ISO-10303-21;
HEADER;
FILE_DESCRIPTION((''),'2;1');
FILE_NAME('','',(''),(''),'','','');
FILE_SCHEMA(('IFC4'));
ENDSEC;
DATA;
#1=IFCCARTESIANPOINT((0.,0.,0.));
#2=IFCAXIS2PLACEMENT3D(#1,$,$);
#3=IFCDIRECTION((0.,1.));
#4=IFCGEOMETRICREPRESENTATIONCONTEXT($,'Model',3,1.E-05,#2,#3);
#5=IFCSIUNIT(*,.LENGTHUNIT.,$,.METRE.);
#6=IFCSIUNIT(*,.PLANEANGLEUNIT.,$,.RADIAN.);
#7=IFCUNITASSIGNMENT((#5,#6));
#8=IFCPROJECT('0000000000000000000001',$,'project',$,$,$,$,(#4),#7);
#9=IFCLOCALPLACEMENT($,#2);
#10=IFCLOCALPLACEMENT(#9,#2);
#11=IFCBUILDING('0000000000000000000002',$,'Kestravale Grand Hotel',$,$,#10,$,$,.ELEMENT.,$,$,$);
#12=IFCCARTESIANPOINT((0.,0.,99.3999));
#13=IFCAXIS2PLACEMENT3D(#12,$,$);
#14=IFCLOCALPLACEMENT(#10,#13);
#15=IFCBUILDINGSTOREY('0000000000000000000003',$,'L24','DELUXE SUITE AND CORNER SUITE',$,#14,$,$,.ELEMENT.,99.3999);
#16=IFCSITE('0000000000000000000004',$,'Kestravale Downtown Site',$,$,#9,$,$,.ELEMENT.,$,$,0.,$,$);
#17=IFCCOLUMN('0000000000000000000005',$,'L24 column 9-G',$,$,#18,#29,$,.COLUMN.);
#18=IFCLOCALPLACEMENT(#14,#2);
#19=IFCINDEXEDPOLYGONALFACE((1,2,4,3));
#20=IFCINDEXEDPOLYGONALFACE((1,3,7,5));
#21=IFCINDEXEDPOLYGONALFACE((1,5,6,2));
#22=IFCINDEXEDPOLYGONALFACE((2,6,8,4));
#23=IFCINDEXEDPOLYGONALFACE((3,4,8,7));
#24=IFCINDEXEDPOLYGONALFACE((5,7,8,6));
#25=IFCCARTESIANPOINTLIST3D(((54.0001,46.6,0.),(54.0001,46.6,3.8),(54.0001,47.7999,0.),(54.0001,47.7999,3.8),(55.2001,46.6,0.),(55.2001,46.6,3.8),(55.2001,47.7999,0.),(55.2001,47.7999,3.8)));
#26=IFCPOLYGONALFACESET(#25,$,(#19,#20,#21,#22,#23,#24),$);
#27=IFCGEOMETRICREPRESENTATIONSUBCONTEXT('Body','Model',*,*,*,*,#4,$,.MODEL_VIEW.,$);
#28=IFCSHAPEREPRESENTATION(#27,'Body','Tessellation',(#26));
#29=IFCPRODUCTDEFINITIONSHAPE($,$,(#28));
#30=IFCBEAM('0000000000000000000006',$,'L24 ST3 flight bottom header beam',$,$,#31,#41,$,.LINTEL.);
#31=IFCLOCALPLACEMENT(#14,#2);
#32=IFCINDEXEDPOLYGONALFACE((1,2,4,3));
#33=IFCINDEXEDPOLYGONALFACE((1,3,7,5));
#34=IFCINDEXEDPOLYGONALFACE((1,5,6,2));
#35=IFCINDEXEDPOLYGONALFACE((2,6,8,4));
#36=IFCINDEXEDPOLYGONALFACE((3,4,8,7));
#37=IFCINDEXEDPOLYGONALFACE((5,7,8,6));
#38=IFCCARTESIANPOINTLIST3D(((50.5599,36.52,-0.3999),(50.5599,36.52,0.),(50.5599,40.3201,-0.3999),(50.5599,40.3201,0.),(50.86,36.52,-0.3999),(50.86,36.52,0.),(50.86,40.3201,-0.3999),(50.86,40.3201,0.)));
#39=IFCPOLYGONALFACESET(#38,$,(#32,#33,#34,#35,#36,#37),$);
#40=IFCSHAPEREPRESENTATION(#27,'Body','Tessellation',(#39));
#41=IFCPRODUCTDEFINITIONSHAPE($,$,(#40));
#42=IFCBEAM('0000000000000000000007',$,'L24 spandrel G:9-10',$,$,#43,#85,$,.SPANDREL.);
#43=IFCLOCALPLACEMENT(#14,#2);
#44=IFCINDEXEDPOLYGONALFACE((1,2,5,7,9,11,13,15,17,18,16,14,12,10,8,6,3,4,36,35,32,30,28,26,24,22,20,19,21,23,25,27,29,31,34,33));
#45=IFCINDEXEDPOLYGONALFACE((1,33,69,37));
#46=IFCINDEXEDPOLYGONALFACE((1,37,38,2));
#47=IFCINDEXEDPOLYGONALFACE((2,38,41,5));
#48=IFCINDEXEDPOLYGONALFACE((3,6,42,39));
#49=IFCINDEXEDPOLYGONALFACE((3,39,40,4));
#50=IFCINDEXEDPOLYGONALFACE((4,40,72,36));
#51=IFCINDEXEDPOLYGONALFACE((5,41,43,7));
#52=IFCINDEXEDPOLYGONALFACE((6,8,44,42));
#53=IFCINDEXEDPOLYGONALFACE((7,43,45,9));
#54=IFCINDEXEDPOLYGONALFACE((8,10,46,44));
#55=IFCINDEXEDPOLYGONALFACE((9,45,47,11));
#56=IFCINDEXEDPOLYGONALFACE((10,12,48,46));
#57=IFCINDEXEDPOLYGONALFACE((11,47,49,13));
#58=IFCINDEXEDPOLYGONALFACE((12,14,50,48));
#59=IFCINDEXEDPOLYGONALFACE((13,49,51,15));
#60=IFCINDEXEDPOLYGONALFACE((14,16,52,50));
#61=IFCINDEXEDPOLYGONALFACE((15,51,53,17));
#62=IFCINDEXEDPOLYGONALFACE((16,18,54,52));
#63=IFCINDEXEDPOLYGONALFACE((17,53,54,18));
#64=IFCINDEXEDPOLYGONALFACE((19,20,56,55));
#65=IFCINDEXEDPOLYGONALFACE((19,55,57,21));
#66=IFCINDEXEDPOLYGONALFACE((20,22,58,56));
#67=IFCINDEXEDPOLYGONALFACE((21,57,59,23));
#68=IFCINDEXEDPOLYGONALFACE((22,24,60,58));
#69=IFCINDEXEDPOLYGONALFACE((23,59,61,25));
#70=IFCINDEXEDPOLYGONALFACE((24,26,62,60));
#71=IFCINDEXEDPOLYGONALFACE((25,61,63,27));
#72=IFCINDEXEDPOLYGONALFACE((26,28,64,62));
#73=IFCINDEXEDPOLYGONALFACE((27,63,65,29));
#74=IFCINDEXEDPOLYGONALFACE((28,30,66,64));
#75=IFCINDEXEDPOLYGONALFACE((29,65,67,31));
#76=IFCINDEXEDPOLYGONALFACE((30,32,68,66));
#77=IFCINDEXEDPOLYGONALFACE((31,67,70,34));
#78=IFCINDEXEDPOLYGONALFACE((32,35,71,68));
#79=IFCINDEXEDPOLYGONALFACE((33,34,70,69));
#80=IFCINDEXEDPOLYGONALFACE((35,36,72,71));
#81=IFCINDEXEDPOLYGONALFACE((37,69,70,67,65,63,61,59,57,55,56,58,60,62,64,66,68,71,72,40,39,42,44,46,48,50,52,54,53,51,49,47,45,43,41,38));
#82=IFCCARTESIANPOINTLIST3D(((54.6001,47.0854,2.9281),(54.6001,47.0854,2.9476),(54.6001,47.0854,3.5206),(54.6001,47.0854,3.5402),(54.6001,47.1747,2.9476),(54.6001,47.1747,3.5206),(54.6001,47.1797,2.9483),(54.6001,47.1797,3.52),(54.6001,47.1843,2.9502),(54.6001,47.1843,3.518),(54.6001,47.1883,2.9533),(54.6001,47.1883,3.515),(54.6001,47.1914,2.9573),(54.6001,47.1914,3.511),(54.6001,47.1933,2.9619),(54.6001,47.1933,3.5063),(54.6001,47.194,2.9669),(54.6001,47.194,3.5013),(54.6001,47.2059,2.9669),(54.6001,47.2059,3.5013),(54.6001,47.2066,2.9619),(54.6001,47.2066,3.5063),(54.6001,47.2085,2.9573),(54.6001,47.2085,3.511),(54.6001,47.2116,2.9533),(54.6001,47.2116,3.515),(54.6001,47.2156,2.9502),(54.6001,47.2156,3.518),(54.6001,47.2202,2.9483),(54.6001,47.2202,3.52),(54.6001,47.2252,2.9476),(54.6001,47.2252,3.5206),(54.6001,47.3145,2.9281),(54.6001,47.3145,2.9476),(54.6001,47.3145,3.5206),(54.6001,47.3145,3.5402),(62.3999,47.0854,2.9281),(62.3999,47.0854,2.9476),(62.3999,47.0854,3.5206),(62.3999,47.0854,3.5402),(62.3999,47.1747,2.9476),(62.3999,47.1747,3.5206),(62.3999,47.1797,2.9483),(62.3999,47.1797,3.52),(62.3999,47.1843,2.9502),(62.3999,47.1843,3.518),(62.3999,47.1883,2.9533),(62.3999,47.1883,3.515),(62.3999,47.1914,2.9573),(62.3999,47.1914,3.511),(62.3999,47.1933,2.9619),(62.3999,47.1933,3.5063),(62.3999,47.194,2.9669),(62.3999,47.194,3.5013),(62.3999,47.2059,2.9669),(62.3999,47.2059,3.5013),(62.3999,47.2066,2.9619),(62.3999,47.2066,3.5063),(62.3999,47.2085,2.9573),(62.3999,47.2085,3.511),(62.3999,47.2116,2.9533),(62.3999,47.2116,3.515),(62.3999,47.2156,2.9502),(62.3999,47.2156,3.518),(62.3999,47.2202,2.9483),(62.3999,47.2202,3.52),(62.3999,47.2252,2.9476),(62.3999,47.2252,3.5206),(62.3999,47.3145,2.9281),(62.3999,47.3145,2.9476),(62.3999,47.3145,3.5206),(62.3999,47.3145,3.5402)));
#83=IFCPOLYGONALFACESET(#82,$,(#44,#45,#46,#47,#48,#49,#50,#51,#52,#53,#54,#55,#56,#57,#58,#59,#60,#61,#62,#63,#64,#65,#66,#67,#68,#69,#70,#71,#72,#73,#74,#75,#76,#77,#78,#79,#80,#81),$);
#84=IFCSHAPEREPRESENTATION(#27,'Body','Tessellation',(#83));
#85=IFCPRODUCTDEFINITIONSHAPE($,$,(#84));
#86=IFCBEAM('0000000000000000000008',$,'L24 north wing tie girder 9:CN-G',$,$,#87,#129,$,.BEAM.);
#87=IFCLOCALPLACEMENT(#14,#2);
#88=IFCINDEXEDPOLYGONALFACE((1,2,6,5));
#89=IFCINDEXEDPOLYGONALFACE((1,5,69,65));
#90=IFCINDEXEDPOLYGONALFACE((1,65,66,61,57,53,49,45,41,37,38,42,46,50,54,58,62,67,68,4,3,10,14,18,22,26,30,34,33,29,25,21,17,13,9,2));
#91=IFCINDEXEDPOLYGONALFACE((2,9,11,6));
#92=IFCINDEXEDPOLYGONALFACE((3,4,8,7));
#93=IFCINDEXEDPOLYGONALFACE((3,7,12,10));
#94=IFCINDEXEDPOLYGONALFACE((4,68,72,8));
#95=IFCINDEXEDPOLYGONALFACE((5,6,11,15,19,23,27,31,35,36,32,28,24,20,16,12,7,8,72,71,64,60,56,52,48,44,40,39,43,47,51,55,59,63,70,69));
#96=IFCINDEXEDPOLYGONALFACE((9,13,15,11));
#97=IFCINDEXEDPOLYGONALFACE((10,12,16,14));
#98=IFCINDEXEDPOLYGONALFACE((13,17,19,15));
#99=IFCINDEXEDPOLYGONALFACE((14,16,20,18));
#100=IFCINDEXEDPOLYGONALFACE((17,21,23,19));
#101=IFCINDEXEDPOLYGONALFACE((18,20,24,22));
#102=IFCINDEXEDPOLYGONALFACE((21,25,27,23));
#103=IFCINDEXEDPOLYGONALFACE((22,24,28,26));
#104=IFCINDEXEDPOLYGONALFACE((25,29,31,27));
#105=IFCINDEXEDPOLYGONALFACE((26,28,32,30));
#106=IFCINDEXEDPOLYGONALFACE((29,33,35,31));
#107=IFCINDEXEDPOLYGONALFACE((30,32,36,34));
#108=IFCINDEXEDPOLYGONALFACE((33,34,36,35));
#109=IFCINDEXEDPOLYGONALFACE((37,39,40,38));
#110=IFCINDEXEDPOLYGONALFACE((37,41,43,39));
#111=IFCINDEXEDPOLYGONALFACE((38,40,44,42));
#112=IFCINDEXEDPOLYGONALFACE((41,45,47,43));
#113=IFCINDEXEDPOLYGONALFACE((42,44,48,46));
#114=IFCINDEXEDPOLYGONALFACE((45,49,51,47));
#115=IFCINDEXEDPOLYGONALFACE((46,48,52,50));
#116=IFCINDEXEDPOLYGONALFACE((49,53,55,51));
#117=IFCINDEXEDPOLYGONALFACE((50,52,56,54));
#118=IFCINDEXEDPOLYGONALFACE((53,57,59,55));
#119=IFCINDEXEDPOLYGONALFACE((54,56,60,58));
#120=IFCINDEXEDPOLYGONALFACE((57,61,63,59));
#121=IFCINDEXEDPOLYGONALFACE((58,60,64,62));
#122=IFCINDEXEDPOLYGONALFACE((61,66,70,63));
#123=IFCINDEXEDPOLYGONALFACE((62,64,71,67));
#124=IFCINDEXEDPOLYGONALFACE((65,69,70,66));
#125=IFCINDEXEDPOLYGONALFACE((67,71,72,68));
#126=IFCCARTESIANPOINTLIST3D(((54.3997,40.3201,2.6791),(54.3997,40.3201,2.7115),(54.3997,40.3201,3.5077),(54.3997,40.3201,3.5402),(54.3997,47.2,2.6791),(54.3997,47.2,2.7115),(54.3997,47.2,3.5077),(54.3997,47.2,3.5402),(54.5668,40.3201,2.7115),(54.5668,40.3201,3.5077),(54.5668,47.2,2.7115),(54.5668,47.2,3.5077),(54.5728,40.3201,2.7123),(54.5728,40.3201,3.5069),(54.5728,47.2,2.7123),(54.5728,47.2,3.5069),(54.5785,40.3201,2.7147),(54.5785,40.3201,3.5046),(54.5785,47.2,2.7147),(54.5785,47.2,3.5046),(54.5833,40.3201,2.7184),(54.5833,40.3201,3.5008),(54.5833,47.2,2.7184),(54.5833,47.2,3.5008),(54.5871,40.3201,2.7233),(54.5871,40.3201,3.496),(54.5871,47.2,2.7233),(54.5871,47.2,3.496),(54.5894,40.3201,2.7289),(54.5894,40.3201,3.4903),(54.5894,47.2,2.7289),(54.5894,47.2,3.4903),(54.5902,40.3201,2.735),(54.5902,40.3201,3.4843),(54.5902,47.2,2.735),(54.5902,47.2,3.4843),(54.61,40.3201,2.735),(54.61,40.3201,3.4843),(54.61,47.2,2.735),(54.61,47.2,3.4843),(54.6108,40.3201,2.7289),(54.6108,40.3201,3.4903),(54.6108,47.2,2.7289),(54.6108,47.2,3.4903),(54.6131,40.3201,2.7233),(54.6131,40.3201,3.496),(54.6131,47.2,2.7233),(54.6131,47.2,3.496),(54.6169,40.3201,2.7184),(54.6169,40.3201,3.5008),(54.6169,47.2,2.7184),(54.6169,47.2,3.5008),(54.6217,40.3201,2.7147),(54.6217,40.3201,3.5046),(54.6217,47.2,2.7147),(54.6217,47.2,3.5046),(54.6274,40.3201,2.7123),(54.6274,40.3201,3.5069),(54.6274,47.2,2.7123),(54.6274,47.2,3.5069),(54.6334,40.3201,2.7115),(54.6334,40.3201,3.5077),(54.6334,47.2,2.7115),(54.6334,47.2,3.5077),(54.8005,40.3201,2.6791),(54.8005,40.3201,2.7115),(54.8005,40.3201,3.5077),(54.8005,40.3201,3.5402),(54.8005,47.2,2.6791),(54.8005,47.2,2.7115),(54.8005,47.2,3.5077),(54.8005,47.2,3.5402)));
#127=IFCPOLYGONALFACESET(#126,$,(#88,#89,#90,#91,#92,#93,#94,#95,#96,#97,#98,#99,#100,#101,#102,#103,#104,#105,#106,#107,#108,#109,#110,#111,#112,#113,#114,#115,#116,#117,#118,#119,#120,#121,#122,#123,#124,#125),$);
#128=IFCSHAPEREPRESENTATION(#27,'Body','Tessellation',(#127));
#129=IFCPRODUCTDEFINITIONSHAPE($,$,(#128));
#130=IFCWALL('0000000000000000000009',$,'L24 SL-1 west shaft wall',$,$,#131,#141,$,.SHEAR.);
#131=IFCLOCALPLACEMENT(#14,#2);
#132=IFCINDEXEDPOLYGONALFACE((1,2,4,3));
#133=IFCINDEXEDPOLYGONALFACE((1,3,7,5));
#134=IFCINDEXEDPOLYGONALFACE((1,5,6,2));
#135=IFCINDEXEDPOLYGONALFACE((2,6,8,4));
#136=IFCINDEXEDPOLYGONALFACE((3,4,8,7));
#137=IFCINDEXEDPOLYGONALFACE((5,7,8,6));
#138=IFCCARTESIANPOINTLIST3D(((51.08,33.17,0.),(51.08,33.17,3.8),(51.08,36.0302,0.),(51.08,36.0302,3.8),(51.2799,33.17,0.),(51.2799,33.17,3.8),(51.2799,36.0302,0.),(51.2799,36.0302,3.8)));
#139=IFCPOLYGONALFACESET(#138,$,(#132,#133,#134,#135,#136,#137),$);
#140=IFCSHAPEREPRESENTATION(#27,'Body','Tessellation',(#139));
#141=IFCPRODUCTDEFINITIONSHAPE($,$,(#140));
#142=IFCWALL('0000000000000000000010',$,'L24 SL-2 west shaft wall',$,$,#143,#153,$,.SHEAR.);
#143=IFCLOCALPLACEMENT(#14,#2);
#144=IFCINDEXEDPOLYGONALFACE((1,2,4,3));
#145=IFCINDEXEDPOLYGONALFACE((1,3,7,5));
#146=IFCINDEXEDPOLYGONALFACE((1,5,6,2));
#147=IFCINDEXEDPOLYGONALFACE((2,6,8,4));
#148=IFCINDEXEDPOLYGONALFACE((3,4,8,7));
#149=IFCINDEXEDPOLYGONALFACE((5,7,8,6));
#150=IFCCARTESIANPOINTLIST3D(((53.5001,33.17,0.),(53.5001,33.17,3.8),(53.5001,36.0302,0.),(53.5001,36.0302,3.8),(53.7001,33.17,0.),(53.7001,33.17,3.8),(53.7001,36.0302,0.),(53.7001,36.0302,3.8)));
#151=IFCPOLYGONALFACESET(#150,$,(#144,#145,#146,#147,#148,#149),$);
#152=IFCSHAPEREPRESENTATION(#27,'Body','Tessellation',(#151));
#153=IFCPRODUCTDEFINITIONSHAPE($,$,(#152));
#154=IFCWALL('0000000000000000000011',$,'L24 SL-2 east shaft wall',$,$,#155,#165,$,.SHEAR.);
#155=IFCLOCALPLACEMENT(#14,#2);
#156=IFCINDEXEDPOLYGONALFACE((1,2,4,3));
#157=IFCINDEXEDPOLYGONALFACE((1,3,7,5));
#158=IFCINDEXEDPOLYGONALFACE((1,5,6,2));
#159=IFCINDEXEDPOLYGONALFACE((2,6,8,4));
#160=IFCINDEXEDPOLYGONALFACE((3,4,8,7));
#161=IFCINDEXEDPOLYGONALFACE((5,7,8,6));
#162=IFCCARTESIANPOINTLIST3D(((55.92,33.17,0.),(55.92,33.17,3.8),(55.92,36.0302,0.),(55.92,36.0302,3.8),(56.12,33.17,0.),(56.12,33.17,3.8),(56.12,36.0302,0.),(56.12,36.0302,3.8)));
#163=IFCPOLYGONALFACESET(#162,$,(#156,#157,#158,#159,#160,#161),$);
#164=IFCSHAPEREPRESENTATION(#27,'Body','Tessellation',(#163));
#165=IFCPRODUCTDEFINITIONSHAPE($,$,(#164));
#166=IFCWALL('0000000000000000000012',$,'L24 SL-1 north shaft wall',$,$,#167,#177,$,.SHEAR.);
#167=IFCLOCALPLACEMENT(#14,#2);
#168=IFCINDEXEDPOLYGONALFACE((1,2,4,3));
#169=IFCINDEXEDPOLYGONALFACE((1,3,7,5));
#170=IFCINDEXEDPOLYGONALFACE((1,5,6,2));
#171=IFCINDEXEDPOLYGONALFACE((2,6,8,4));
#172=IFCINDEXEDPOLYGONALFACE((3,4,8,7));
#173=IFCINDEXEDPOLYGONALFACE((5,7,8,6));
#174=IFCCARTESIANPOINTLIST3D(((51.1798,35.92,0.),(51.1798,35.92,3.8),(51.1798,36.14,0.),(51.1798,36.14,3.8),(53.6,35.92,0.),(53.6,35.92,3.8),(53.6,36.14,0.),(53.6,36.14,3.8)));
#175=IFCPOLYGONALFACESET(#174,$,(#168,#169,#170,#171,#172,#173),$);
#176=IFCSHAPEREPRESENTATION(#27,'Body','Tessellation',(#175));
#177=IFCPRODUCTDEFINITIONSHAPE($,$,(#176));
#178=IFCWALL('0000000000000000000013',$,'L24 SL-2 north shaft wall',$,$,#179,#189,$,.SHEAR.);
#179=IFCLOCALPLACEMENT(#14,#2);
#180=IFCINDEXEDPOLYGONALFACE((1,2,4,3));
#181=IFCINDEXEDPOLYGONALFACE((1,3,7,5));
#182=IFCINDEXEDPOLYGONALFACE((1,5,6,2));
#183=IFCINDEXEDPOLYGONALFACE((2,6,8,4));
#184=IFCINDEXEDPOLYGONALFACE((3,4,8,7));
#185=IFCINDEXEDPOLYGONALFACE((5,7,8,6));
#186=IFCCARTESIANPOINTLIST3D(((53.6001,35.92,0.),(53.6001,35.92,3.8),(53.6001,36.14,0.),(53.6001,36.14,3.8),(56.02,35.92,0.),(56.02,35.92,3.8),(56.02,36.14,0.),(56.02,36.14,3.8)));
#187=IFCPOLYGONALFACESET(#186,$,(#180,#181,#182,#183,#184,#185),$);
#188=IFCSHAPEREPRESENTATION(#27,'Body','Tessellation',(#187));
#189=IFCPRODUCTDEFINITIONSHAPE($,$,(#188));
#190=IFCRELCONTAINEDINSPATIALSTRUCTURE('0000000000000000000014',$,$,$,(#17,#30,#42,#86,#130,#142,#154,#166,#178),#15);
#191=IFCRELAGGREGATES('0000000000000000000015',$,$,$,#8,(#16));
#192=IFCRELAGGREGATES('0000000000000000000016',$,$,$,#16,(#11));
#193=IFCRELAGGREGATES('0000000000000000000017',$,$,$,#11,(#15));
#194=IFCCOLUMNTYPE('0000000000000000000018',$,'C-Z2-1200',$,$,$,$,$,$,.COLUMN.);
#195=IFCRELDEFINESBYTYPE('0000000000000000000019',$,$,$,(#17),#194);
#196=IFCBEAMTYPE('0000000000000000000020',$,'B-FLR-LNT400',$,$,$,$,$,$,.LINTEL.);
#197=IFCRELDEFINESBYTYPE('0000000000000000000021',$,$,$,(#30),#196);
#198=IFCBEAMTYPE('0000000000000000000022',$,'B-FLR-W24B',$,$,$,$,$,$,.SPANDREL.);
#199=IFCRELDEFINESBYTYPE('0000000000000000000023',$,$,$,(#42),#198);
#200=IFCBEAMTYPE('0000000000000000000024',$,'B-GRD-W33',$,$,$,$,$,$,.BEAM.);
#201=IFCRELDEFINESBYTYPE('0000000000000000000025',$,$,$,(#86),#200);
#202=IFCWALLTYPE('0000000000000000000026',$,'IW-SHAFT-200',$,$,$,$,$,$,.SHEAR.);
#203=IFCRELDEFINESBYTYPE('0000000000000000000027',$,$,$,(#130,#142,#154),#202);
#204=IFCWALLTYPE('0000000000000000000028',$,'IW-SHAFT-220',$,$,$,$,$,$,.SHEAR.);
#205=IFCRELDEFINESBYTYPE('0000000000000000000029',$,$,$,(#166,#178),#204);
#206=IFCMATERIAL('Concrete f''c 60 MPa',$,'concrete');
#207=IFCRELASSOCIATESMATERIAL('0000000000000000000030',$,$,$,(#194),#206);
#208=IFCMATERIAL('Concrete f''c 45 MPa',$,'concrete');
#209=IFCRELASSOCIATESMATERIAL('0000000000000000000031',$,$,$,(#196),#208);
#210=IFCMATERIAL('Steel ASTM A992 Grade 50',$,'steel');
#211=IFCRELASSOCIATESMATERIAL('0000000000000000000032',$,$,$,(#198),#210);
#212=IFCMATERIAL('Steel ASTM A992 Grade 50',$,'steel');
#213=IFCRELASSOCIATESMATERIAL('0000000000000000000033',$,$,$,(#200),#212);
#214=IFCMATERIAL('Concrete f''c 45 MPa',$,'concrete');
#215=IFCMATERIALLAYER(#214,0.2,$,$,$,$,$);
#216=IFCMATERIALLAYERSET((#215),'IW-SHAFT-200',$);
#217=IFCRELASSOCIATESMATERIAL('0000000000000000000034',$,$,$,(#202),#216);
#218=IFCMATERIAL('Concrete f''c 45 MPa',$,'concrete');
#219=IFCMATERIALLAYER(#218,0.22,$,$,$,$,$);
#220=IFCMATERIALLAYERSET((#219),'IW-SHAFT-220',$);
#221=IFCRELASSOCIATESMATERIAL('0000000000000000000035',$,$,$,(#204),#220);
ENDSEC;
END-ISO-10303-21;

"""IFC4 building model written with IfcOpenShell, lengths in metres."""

from ifc_helpers import new_model, si_unit, direction, frame, frame_2d, origin, origin_2d, place, context, subcontext, project, spatial, rectangle, i_section, extrude, material, layer, layer_set, material_profile, profile_set, type_object, element, save


model = new_model("IFC4")

# Units and contexts
model_context = context("Model", 3, precision=1e-05, world=origin(), true_north=direction((0.0, 1.0)))
body_context = subcontext(model_context, "Body", "Model", "MODEL_VIEW")
ifc_project = project(units=[si_unit("LENGTHUNIT", "METRE"), si_unit("PLANEANGLEUNIT", "RADIAN")], contexts=[model_context])

# Site, building, storey
site_placement = place(None, origin())
site = spatial("IfcSite", under=ifc_project, at=site_placement, Name="Kestravale Downtown Site", CompositionType="ELEMENT", RefElevation=0.0)
building_placement = place(site_placement, origin())
building = spatial("IfcBuilding", under=site, at=building_placement, Name="Kestravale Grand Hotel", CompositionType="ELEMENT")
storey_placement = place(building_placement, frame((0.0, 0.0, 99.3999)))
storey = spatial("IfcBuildingStorey", under=building, at=storey_placement, Name="L24", Description="DELUXE SUITE AND CORNER SUITE", CompositionType="ELEMENT", Elevation=99.3999)

# Column
ifc_material_1 = material(Name="Concrete f'c 60 MPa", Category="concrete")
ifc_material_profile_1 = material_profile(ifc_material_1, rectangle(XDim=1.2, YDim=1.2, at=origin_2d()))
ifc_profile_set_1 = profile_set([ifc_material_profile_1], Name="Concrete f'c 60 MPa")
column_type = type_object("IfcColumnType", Name="C-Z2-1200", PredefinedType="COLUMN", material=ifc_profile_set_1)
column_placement = place(storey_placement, frame((54.6001, 47.2, 0.0), z_axis=(0.0, 0.0, 1.0), x_axis=(1.0, 0.0, 0.0)))
element("IfcColumn", 1, at=column_placement, inside=storey, type_object=column_type, Name="L24 column 9-G", PredefinedType="COLUMN", context=body_context, shape_type="SweptSolid", body=[
    extrude(rectangle(XDim=1.2, YDim=1.2, at=origin_2d()), origin(), (0.0, 0.0, 1.0), 3.8),
])

# Beams
ifc_material_2 = material(Name="Concrete f'c 45 MPa", Category="concrete")
ifc_material_profile_2 = material_profile(ifc_material_2, rectangle(XDim=0.3, YDim=0.3999, at=origin_2d()))
ifc_profile_set_2 = profile_set([ifc_material_profile_2], Name="Concrete f'c 45 MPa")
beam_type_1 = type_object("IfcBeamType", Name="B-FLR-LNT400", PredefinedType="LINTEL", material=ifc_profile_set_2)
beam_1_placement = place(storey_placement, frame((50.71, 36.52, -0.2), z_axis=(0.0, 1.0, 0.0), x_axis=(-1.0, 0.0, 0.0)))
element("IfcBeam", 2, at=beam_1_placement, inside=storey, type_object=beam_type_1, Name="L24 ST3 flight bottom header beam", PredefinedType="LINTEL", context=body_context, shape_type="SweptSolid", body=[
    extrude(rectangle(XDim=0.3, YDim=0.3999, at=origin_2d()), origin(), (0.0, 0.0, 1.0), 3.8),
])
ifc_material_3 = material(Name="Steel ASTM A992 Grade 50", Category="steel")
ifc_material_profile_3 = material_profile(ifc_material_3, i_section(OverallWidth=0.229, OverallDepth=0.6121, WebThickness=0.012, FlangeThickness=0.0195, FilletRadius=0.0193, at=origin_2d()))
ifc_profile_set_3 = profile_set([ifc_material_profile_3], Name="Steel ASTM A992 Grade 50")
beam_type_2 = type_object("IfcBeamType", Name="B-FLR-W24B", PredefinedType="SPANDREL", material=ifc_profile_set_3)
beam_2_placement = place(storey_placement, frame((54.6001, 47.2, 3.2341), z_axis=(1.0, 0.0, 0.0), x_axis=(0.0, 1.0, 0.0)))
element("IfcBeam", 3, at=beam_2_placement, inside=storey, type_object=beam_type_2, Name="L24 spandrel G:9-10", PredefinedType="SPANDREL", context=body_context, shape_type="SweptSolid", body=[
    extrude(i_section(OverallWidth=0.229, OverallDepth=0.6121, WebThickness=0.012, FlangeThickness=0.0195, FilletRadius=0.0193, at=origin_2d()), origin(), (0.0, 0.0, 1.0), 7.7998),
])
ifc_material_4 = material(Name="Steel ASTM A992 Grade 50", Category="steel")
ifc_material_profile_4 = material_profile(ifc_material_4, i_section(OverallWidth=0.4009, OverallDepth=0.8611, WebThickness=0.0198, FlangeThickness=0.0325, FilletRadius=0.0234, at=origin_2d()))
ifc_profile_set_4 = profile_set([ifc_material_profile_4], Name="Steel ASTM A992 Grade 50")
beam_type_3 = type_object("IfcBeamType", Name="B-GRD-W33", PredefinedType="BEAM", material=ifc_profile_set_4)
beam_3_placement = place(storey_placement, frame((54.6001, 40.3201, 3.1096), z_axis=(0.0, 1.0, 0.0), x_axis=(-1.0, 0.0, 0.0)))
element("IfcBeam", 4, at=beam_3_placement, inside=storey, type_object=beam_type_3, Name="L24 north wing tie girder 9:CN-G", PredefinedType="BEAM", context=body_context, shape_type="SweptSolid", body=[
    extrude(i_section(OverallWidth=0.4009, OverallDepth=0.8611, WebThickness=0.0198, FlangeThickness=0.0325, FilletRadius=0.0234, at=origin_2d()), origin(), (0.0, 0.0, 1.0), 6.8799),
])

# Walls
ifc_material_5 = material(Name="Concrete f'c 45 MPa", Category="concrete")
ifc_layer_1 = layer(ifc_material_5, 0.2)
ifc_layer_set_1 = layer_set([ifc_layer_1], Name="IW-SHAFT-200")
wall_type_1 = type_object("IfcWallType", Name="IW-SHAFT-200", PredefinedType="SHEAR", material=ifc_layer_set_1)
for number, where, z_axis, x_axis, name in (
    (5, (51.1799, 33.1699, 0.0), (0.0, 0.0, 1.0), (0.0, 1.0, 0.0), "L24 SL-1 west shaft wall"),
    (6, (53.6001, 33.1699, 0.0), (0.0, 0.0, 1.0), (0.0, 1.0, 0.0), "L24 SL-2 west shaft wall"),
    (7, (56.02, 33.1699, 0.0), (0.0, 0.0, 1.0), (0.0, 1.0, 0.0), "L24 SL-2 east shaft wall"),
):
    element("IfcWall", number, at=place(storey_placement, frame(where, z_axis=z_axis, x_axis=x_axis)), inside=storey, type_object=wall_type_1, Name=name, PredefinedType="SHEAR", context=body_context, shape_type="SweptSolid", body=[
        extrude(rectangle(XDim=2.8601, YDim=0.2, at=frame_2d((1.4302, 0.0))), origin(), (0.0, 0.0, 1.0), 3.8),
    ])
ifc_material_6 = material(Name="Concrete f'c 45 MPa", Category="concrete")
ifc_layer_2 = layer(ifc_material_6, 0.22)
ifc_layer_set_2 = layer_set([ifc_layer_2], Name="IW-SHAFT-220")
wall_type_2 = type_object("IfcWallType", Name="IW-SHAFT-220", PredefinedType="SHEAR", material=ifc_layer_set_2)
wall_1_placement = place(storey_placement, frame((51.1799, 36.03, 0.0), z_axis=(0.0, 0.0, 1.0), x_axis=(1.0, 0.0, 0.0)))
element("IfcWall", 8, at=wall_1_placement, inside=storey, type_object=wall_type_2, Name="L24 SL-1 north shaft wall", PredefinedType="SHEAR", context=body_context, shape_type="SweptSolid", body=[
    extrude(rectangle(XDim=2.4202, YDim=0.22, at=frame_2d((1.21, 0.0))), origin(), (0.0, 0.0, 1.0), 3.8),
])

# Wall
wall_2_placement = place(storey_placement, frame((53.6001, 36.03, 0.0), z_axis=(0.0, 0.0, 1.0), x_axis=(1.0, 0.0, 0.0)))
element("IfcWall", 9, at=wall_2_placement, inside=storey, type_object=wall_type_2, Name="L24 SL-2 north shaft wall", PredefinedType="SHEAR", context=body_context, shape_type="SweptSolid", body=[
    extrude(rectangle(XDim=2.4199, YDim=0.22, at=frame_2d((1.21, 0.0))), origin(), (0.0, 0.0, 1.0), 3.8),
])

save(model, "model.ifc")
